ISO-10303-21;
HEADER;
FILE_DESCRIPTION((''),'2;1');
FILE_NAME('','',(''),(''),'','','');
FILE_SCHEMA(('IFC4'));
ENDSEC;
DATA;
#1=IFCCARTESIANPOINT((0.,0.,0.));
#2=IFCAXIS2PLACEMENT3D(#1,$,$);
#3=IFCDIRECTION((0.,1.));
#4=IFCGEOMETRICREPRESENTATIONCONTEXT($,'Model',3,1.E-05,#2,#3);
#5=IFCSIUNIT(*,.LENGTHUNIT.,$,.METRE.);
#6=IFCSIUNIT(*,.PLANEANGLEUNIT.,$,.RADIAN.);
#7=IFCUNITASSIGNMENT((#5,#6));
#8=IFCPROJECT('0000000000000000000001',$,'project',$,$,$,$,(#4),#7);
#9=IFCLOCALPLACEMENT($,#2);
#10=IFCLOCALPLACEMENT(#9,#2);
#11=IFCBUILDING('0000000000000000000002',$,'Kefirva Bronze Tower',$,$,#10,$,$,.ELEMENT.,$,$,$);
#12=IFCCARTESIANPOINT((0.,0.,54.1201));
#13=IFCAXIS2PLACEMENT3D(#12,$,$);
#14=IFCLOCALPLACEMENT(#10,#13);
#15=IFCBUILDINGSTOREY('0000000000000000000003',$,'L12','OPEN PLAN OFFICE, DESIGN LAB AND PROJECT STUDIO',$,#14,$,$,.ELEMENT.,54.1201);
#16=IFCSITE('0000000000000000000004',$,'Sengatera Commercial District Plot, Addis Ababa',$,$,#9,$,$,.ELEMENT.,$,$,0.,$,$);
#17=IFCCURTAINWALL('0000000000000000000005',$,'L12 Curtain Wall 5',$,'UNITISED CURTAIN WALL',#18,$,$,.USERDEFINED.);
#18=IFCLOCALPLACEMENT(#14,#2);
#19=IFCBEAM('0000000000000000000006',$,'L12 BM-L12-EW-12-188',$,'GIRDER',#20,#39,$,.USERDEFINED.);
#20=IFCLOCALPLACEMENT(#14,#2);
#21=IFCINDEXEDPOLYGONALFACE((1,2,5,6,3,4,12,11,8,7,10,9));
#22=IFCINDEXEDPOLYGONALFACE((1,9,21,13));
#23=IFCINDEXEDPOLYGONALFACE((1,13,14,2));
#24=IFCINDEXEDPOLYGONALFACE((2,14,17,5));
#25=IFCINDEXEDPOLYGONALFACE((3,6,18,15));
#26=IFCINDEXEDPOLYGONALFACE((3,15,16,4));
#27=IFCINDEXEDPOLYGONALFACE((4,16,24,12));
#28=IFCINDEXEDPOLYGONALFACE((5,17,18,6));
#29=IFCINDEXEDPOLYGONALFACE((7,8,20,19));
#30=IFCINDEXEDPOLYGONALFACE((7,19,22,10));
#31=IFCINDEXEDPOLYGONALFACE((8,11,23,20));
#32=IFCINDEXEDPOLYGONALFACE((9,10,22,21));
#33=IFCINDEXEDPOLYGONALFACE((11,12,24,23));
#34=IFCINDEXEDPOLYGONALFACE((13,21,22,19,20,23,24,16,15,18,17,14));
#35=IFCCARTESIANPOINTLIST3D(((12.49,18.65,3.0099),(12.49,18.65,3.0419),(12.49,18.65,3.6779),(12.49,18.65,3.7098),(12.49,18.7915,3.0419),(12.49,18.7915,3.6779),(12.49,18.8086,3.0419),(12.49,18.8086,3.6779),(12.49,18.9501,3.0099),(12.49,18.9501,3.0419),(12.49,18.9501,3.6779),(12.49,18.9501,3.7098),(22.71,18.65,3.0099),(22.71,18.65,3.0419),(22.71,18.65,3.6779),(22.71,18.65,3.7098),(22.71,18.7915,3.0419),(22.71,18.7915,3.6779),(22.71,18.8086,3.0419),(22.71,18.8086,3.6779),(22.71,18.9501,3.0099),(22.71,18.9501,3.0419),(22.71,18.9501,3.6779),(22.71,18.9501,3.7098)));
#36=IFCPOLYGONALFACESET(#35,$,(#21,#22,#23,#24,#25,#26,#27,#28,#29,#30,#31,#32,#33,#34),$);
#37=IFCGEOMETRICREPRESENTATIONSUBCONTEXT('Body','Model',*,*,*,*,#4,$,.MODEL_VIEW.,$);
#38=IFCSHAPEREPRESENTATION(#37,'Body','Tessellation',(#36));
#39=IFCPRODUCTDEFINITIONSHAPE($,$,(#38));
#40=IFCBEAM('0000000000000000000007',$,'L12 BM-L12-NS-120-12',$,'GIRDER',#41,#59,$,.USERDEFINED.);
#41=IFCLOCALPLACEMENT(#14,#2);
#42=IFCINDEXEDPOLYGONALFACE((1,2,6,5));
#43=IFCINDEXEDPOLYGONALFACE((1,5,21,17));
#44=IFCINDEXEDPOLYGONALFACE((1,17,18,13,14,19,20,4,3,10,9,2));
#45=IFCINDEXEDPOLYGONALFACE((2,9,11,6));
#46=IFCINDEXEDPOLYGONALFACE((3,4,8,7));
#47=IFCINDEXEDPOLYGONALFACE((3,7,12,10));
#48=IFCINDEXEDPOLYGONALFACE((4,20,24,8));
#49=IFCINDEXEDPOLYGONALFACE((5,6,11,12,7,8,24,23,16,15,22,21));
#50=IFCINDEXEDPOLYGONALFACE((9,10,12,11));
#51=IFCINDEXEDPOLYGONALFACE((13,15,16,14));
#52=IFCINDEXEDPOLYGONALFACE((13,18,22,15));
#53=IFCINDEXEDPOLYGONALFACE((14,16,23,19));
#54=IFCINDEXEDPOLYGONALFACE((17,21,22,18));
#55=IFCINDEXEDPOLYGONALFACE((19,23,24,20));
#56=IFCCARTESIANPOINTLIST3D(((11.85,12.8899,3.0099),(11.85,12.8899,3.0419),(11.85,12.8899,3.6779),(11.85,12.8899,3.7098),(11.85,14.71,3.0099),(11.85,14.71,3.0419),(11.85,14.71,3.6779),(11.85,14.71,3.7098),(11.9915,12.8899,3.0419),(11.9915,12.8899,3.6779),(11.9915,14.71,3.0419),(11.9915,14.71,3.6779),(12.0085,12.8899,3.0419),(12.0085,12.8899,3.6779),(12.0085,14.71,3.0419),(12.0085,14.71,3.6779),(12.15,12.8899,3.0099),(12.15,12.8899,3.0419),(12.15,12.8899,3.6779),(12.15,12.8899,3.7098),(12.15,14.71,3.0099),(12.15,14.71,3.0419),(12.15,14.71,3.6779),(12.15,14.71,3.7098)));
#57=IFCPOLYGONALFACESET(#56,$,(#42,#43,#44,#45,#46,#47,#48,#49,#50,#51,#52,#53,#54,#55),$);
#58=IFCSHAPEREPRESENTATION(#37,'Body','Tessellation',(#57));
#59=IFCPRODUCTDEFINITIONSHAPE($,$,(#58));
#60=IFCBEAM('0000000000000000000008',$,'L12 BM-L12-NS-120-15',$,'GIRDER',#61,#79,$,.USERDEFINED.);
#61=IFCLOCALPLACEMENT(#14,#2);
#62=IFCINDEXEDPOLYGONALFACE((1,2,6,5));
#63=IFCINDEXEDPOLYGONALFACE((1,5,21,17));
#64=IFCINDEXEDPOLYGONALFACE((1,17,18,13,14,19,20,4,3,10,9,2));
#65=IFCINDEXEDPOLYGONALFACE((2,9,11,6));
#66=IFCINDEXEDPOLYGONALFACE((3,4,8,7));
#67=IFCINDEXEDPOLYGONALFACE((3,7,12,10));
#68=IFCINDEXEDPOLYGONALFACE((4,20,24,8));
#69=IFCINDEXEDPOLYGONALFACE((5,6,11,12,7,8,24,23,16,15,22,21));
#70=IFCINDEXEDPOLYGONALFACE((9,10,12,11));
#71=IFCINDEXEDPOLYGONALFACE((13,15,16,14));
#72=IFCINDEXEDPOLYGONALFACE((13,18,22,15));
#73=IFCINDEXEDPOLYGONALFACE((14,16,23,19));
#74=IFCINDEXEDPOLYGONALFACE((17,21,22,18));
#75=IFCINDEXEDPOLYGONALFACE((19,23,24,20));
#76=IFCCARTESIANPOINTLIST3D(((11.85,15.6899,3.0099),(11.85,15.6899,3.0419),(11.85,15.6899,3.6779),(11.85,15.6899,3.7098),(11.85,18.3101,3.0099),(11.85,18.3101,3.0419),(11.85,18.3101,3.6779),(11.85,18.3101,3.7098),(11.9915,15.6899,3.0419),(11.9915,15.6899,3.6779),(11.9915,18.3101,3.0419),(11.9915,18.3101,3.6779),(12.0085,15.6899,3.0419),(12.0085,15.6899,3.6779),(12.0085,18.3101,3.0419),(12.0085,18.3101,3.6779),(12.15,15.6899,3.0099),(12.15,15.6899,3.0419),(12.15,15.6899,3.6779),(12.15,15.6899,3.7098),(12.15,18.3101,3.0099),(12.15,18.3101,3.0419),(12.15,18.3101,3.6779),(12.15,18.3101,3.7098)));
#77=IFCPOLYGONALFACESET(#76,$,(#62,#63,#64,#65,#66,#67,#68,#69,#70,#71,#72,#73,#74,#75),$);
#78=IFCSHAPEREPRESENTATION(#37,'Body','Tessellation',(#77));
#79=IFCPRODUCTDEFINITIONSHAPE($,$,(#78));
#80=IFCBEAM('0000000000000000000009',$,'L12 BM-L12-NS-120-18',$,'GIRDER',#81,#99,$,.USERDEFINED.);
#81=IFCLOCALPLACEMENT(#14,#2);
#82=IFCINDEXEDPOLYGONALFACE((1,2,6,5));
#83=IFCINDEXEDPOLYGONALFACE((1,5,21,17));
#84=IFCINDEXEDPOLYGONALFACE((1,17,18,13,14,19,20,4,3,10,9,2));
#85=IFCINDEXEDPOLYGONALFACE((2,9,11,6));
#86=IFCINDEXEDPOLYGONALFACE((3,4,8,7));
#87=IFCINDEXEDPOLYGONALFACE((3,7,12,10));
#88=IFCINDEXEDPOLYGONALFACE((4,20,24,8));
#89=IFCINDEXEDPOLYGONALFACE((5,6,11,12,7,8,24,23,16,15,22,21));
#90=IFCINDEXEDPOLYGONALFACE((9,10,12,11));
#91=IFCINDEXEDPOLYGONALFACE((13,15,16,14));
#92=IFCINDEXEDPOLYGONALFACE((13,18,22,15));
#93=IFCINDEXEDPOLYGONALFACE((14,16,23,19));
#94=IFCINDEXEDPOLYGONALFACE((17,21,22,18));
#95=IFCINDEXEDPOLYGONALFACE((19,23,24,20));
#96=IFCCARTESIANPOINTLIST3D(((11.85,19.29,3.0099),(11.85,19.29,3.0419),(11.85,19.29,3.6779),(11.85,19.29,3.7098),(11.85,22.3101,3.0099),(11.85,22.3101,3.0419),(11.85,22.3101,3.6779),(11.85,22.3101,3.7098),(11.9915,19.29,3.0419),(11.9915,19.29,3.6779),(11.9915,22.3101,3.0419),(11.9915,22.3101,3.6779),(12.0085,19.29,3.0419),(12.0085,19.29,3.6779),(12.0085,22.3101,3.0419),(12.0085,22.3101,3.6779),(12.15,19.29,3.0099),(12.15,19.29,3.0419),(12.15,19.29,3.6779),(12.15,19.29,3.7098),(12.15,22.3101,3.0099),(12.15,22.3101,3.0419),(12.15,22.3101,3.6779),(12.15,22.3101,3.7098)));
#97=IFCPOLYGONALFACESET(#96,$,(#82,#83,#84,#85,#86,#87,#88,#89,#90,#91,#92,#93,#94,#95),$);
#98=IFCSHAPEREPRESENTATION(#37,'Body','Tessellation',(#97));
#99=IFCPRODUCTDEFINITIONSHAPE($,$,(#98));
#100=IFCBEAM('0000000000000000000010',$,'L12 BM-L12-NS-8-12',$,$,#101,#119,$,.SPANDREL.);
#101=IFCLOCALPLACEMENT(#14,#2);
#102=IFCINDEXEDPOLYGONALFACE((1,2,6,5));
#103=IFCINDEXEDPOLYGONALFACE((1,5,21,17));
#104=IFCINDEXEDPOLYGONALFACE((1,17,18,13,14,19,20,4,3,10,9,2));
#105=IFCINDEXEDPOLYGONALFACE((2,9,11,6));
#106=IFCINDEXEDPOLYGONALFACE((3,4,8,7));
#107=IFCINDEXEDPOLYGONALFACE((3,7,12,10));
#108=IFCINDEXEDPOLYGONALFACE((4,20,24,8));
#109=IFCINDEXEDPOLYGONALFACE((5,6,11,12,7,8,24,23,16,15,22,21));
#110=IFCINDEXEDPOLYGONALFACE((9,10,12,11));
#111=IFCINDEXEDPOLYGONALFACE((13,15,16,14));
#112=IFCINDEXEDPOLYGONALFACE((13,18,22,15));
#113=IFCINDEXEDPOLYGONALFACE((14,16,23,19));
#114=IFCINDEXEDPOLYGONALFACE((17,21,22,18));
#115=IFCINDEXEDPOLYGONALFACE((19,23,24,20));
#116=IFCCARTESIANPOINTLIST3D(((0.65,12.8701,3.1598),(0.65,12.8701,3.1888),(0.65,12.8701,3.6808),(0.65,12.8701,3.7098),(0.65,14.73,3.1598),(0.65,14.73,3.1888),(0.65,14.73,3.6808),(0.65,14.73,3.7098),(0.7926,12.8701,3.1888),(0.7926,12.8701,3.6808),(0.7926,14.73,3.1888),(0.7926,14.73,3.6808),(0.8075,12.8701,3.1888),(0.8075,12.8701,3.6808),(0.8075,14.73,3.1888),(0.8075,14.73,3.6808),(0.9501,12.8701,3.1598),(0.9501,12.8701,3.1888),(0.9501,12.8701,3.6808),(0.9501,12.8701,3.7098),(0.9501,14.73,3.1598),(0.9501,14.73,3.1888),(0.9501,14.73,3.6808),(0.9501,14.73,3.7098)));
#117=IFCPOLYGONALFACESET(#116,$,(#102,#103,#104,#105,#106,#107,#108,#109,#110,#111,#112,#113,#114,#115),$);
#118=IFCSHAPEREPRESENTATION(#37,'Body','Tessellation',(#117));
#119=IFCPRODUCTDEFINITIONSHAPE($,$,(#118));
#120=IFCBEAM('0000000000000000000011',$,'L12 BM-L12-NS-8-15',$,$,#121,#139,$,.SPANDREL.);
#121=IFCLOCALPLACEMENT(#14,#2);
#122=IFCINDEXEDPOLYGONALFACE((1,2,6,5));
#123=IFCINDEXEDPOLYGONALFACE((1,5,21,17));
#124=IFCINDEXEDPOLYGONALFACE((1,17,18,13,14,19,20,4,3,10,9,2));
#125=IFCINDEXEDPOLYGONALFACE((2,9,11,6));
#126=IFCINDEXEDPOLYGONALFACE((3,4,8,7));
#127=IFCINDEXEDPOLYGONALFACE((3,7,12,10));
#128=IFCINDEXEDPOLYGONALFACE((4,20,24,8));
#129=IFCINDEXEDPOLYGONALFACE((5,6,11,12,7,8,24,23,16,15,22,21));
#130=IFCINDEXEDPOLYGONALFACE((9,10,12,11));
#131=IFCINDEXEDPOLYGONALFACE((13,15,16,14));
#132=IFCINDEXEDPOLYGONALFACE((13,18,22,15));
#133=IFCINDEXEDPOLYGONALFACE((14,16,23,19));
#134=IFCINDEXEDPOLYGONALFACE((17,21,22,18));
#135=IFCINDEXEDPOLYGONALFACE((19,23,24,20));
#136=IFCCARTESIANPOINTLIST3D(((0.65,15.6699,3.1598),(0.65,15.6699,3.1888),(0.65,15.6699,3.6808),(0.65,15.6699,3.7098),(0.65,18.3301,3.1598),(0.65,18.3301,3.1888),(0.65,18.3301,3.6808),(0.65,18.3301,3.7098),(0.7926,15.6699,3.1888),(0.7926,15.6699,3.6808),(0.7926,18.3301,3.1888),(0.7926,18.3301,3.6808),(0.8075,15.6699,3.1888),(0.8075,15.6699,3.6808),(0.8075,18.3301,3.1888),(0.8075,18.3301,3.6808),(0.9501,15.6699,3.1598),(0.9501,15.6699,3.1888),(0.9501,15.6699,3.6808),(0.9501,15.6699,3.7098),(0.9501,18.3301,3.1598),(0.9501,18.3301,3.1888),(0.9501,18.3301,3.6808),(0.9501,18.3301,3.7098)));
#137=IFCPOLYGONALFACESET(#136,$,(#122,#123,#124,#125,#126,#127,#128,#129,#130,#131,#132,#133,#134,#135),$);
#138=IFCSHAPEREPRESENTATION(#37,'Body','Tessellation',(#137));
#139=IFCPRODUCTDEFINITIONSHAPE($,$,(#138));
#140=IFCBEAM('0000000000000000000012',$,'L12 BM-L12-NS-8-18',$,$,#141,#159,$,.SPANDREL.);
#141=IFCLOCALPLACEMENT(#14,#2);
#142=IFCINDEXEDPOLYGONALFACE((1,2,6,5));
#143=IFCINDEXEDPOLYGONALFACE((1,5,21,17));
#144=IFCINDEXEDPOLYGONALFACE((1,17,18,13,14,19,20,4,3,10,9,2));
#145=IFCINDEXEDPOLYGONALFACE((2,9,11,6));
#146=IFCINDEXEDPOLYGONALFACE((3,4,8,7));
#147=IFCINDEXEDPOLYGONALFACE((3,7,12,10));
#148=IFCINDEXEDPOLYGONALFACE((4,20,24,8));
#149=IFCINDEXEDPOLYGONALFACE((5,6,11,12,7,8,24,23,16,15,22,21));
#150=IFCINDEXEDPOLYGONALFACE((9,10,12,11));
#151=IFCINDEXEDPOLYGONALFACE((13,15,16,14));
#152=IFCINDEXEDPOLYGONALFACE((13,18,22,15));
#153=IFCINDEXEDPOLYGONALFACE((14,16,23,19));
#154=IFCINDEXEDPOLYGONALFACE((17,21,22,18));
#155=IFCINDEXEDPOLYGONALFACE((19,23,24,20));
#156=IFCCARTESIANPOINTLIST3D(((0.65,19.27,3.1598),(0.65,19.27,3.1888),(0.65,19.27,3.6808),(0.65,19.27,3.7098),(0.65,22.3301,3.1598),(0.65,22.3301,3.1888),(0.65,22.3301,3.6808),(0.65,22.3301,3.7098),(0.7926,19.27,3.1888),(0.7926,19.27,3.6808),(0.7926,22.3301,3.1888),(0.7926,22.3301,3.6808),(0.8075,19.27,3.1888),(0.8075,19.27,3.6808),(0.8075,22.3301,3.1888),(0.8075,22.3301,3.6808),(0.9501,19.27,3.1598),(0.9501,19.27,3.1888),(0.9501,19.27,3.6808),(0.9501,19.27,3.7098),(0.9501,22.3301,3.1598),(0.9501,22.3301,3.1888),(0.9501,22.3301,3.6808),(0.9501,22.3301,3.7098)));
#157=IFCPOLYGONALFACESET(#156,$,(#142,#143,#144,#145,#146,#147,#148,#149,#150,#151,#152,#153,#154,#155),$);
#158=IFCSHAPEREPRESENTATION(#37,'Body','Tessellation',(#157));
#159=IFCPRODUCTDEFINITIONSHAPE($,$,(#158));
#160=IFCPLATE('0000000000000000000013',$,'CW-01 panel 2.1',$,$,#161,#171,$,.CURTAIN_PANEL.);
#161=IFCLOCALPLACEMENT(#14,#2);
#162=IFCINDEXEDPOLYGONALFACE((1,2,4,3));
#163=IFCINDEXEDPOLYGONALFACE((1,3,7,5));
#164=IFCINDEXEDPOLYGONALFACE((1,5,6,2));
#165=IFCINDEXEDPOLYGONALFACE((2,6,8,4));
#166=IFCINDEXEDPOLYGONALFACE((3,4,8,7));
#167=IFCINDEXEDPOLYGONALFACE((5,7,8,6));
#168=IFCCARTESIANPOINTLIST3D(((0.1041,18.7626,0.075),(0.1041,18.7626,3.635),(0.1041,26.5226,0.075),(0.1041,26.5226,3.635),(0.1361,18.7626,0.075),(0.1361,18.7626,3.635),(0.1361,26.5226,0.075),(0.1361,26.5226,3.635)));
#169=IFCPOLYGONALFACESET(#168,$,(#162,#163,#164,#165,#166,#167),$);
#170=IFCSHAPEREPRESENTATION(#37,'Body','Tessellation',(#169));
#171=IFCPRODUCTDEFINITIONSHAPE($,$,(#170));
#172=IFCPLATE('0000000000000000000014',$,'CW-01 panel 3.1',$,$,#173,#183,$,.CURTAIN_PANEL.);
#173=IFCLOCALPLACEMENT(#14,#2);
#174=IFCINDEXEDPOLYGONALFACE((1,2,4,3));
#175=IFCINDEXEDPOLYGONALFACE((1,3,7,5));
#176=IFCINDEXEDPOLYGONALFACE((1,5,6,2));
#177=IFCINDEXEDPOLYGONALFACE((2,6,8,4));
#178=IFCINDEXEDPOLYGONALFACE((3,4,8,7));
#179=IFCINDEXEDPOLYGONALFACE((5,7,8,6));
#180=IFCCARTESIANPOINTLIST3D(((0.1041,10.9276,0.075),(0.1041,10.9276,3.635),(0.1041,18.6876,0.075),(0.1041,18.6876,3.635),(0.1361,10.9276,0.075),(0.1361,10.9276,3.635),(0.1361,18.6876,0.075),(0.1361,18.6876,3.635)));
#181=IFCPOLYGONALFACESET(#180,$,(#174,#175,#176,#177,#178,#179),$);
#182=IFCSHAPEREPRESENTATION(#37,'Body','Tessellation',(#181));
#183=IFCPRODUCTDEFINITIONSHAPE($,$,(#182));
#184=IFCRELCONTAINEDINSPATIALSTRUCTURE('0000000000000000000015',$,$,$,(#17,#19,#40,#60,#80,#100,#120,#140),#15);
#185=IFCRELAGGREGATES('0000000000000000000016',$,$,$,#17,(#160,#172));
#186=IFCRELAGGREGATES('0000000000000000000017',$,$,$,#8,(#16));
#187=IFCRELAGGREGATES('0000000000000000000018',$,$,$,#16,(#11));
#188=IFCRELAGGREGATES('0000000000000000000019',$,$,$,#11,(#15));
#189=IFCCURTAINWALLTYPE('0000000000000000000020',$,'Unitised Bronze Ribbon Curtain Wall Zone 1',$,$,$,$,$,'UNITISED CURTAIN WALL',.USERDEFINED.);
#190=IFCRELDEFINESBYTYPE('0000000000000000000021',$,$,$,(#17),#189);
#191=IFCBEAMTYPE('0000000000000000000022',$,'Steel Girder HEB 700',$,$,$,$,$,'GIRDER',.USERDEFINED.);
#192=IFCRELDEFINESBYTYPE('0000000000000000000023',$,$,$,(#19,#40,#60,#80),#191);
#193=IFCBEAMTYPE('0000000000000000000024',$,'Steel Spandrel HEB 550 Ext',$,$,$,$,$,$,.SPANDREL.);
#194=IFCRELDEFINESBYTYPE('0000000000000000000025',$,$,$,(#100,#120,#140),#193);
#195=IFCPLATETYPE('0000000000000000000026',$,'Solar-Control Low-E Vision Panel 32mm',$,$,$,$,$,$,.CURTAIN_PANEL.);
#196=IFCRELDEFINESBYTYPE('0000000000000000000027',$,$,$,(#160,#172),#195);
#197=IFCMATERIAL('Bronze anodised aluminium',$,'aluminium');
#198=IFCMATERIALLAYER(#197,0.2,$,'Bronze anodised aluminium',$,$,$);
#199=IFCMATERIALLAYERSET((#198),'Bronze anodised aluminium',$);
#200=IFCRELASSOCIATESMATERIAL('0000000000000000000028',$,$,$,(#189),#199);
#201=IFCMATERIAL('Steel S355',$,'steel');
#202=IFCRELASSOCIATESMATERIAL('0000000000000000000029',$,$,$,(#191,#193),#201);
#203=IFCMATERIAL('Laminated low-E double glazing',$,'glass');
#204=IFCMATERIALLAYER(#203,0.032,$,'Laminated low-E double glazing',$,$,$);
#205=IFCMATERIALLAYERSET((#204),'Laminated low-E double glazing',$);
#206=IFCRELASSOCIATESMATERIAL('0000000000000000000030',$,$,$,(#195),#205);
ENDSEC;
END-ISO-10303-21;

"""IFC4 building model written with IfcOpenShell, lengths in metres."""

from ifc_helpers import new_model, si_unit, direction, frame, origin, origin_2d, place, context, subcontext, project, spatial, rectangle, i_section, extrude, material, layer, layer_set, material_profile, profile_set, type_object, element, aggregate, save


model = new_model("IFC4")

# Units and contexts
model_context = context("Model", 3, precision=1e-05, world=origin(), true_north=direction((0.0, 1.0)))
body_context = subcontext(model_context, "Body", "Model", "MODEL_VIEW")
ifc_project = project(units=[si_unit("LENGTHUNIT", "METRE"), si_unit("PLANEANGLEUNIT", "RADIAN")], contexts=[model_context])

# Site, building, storey
site_placement = place(None, origin())
site = spatial("IfcSite", under=ifc_project, at=site_placement, Name="Sengatera Commercial District Plot, Addis Ababa", CompositionType="ELEMENT", RefElevation=0.0)
building_placement = place(site_placement, origin())
building = spatial("IfcBuilding", under=site, at=building_placement, Name="Kefirva Bronze Tower", CompositionType="ELEMENT")
storey_placement = place(building_placement, frame((0.0, 0.0, 54.1201)))
storey = spatial("IfcBuildingStorey", under=building, at=storey_placement, Name="L12", Description="OPEN PLAN OFFICE, DESIGN LAB AND PROJECT STUDIO", CompositionType="ELEMENT", Elevation=54.1201)

# Curtain wall
ifc_material_1 = material(Name="Bronze anodised aluminium", Category="aluminium")
ifc_layer_1 = layer(ifc_material_1, 0.2, Name="Bronze anodised aluminium")
ifc_layer_set_1 = layer_set([ifc_layer_1], Name="Bronze anodised aluminium")
curtain_wall_type = type_object("IfcCurtainWallType", Name="Unitised Bronze Ribbon Curtain Wall Zone 1", ElementType="UNITISED CURTAIN WALL", PredefinedType="USERDEFINED", material=ifc_layer_set_1)
curtain_wall_placement = place(storey_placement, origin())
curtain_wall = element("IfcCurtainWall", 1, at=curtain_wall_placement, inside=storey, type_object=curtain_wall_type, Name="L12 Curtain Wall 5", ObjectType="UNITISED CURTAIN WALL", PredefinedType="USERDEFINED")

# Beams
ifc_material_2 = material(Name="Steel S355", Category="steel")
ifc_material_profile_1 = material_profile(ifc_material_2, i_section(OverallWidth=0.3, OverallDepth=0.7, WebThickness=0.0171, FlangeThickness=0.032, at=origin_2d()), Name="HEB 700")
ifc_profile_set_1 = profile_set([ifc_material_profile_1], Name="Steel S355")
beam_type_1 = type_object("IfcBeamType", Name="Steel Girder HEB 700", ElementType="GIRDER", PredefinedType="USERDEFINED", material=ifc_profile_set_1)
beam_1_placement = place(storey_placement, frame((12.49, 18.8, 3.3599), z_axis=(1.0, 0.0, 0.0), x_axis=(0.0, 1.0, 0.0)))
element("IfcBeam", 2, at=beam_1_placement, inside=storey, type_object=beam_type_1, Name="L12 BM-L12-EW-12-188", ObjectType="GIRDER", PredefinedType="USERDEFINED", context=body_context, shape_type="SweptSolid", body=[
    extrude(i_section(OverallWidth=0.3, OverallDepth=0.7, WebThickness=0.0171, FlangeThickness=0.032, at=origin_2d()), origin(), (0.0, 0.0, 1.0), 10.22),
])
beam_2_placement = place(storey_placement, frame((12.0, 12.8899, 3.3599), z_axis=(0.0, 1.0, 0.0), x_axis=(-1.0, 0.0, 0.0)))
element("IfcBeam", 3, at=beam_2_placement, inside=storey, type_object=beam_type_1, Name="L12 BM-L12-NS-120-12", ObjectType="GIRDER", PredefinedType="USERDEFINED", context=body_context, shape_type="SweptSolid", body=[
    extrude(i_section(OverallWidth=0.3, OverallDepth=0.7, WebThickness=0.0171, FlangeThickness=0.032, at=origin_2d()), origin(), (0.0, 0.0, 1.0), 1.8201),
])
beam_3_placement = place(storey_placement, frame((12.0, 15.6899, 3.3599), z_axis=(0.0, 1.0, 0.0), x_axis=(-1.0, 0.0, 0.0)))
element("IfcBeam", 4, at=beam_3_placement, inside=storey, type_object=beam_type_1, Name="L12 BM-L12-NS-120-15", ObjectType="GIRDER", PredefinedType="USERDEFINED", context=body_context, shape_type="SweptSolid", body=[
    extrude(i_section(OverallWidth=0.3, OverallDepth=0.7, WebThickness=0.0171, FlangeThickness=0.032, at=origin_2d()), origin(), (0.0, 0.0, 1.0), 2.6201),
])
beam_4_placement = place(storey_placement, frame((12.0, 19.29, 3.3599), z_axis=(0.0, 1.0, 0.0), x_axis=(-1.0, 0.0, 0.0)))
element("IfcBeam", 5, at=beam_4_placement, inside=storey, type_object=beam_type_1, Name="L12 BM-L12-NS-120-18", ObjectType="GIRDER", PredefinedType="USERDEFINED", context=body_context, shape_type="SweptSolid", body=[
    extrude(i_section(OverallWidth=0.3, OverallDepth=0.7, WebThickness=0.0171, FlangeThickness=0.032, at=origin_2d()), origin(), (0.0, 0.0, 1.0), 3.02),
])
ifc_material_profile_2 = material_profile(ifc_material_2, i_section(OverallWidth=0.3, OverallDepth=0.55, WebThickness=0.0149, FlangeThickness=0.0291, at=origin_2d()), Name="HEB 550")
ifc_profile_set_2 = profile_set([ifc_material_profile_2], Name="Steel S355")
beam_type_2 = type_object("IfcBeamType", Name="Steel Spandrel HEB 550 Ext", PredefinedType="SPANDREL", material=ifc_profile_set_2)
beam_5_placement = place(storey_placement, frame((0.8, 12.8701, 3.4348), z_axis=(0.0, 1.0, 0.0), x_axis=(-1.0, 0.0, 0.0)))
element("IfcBeam", 6, at=beam_5_placement, inside=storey, type_object=beam_type_2, Name="L12 BM-L12-NS-8-12", PredefinedType="SPANDREL", context=body_context, shape_type="SweptSolid", body=[
    extrude(i_section(OverallWidth=0.3, OverallDepth=0.55, WebThickness=0.0149, FlangeThickness=0.0291, at=origin_2d()), origin(), (0.0, 0.0, 1.0), 1.8599),
])
beam_6_placement = place(storey_placement, frame((0.8, 15.6699, 3.4348), z_axis=(0.0, 1.0, 0.0), x_axis=(-1.0, 0.0, 0.0)))
element("IfcBeam", 7, at=beam_6_placement, inside=storey, type_object=beam_type_2, Name="L12 BM-L12-NS-8-15", PredefinedType="SPANDREL", context=body_context, shape_type="SweptSolid", body=[
    extrude(i_section(OverallWidth=0.3, OverallDepth=0.55, WebThickness=0.0149, FlangeThickness=0.0291, at=origin_2d()), origin(), (0.0, 0.0, 1.0), 2.6602),
])
beam_7_placement = place(storey_placement, frame((0.8, 19.27, 3.4348), z_axis=(0.0, 1.0, 0.0), x_axis=(-1.0, 0.0, 0.0)))
element("IfcBeam", 8, at=beam_7_placement, inside=storey, type_object=beam_type_2, Name="L12 BM-L12-NS-8-18", PredefinedType="SPANDREL", context=body_context, shape_type="SweptSolid", body=[
    extrude(i_section(OverallWidth=0.3, OverallDepth=0.55, WebThickness=0.0149, FlangeThickness=0.0291, at=origin_2d()), origin(), (0.0, 0.0, 1.0), 3.0601),
])

# Plates
ifc_material_3 = material(Name="Laminated low-E double glazing", Category="glass")
ifc_layer_2 = layer(ifc_material_3, 0.032, Name="Laminated low-E double glazing")
ifc_layer_set_2 = layer_set([ifc_layer_2], Name="Laminated low-E double glazing")
plate_type = type_object("IfcPlateType", Name="Solar-Control Low-E Vision Panel 32mm", PredefinedType="CURTAIN_PANEL", material=ifc_layer_set_2)
plate_1_placement = place(storey_placement, frame((0.1201, 22.6426, 0.075), z_axis=(0.0, 0.0, 1.0), x_axis=(0.0, -1.0, 0.0)))
plate_1 = element("IfcPlate", 9, at=plate_1_placement, type_object=plate_type, Name="CW-01 panel 2.1", PredefinedType="CURTAIN_PANEL", context=body_context, shape_type="SweptSolid", body=[
    extrude(rectangle(XDim=7.76, YDim=0.032, at=origin_2d()), origin(), (0.0, 0.0, 1.0), 3.5601),
])
plate_2_placement = place(storey_placement, frame((0.1201, 14.8076, 0.075), z_axis=(0.0, 0.0, 1.0), x_axis=(0.0, -1.0, 0.0)))
plate_2 = element("IfcPlate", 10, at=plate_2_placement, type_object=plate_type, Name="CW-01 panel 3.1", PredefinedType="CURTAIN_PANEL", context=body_context, shape_type="SweptSolid", body=[
    extrude(rectangle(XDim=7.76, YDim=0.032, at=origin_2d()), origin(), (0.0, 0.0, 1.0), 3.5601),
])
aggregate(curtain_wall, [plate_1, plate_2])

save(model, "model.ifc")
